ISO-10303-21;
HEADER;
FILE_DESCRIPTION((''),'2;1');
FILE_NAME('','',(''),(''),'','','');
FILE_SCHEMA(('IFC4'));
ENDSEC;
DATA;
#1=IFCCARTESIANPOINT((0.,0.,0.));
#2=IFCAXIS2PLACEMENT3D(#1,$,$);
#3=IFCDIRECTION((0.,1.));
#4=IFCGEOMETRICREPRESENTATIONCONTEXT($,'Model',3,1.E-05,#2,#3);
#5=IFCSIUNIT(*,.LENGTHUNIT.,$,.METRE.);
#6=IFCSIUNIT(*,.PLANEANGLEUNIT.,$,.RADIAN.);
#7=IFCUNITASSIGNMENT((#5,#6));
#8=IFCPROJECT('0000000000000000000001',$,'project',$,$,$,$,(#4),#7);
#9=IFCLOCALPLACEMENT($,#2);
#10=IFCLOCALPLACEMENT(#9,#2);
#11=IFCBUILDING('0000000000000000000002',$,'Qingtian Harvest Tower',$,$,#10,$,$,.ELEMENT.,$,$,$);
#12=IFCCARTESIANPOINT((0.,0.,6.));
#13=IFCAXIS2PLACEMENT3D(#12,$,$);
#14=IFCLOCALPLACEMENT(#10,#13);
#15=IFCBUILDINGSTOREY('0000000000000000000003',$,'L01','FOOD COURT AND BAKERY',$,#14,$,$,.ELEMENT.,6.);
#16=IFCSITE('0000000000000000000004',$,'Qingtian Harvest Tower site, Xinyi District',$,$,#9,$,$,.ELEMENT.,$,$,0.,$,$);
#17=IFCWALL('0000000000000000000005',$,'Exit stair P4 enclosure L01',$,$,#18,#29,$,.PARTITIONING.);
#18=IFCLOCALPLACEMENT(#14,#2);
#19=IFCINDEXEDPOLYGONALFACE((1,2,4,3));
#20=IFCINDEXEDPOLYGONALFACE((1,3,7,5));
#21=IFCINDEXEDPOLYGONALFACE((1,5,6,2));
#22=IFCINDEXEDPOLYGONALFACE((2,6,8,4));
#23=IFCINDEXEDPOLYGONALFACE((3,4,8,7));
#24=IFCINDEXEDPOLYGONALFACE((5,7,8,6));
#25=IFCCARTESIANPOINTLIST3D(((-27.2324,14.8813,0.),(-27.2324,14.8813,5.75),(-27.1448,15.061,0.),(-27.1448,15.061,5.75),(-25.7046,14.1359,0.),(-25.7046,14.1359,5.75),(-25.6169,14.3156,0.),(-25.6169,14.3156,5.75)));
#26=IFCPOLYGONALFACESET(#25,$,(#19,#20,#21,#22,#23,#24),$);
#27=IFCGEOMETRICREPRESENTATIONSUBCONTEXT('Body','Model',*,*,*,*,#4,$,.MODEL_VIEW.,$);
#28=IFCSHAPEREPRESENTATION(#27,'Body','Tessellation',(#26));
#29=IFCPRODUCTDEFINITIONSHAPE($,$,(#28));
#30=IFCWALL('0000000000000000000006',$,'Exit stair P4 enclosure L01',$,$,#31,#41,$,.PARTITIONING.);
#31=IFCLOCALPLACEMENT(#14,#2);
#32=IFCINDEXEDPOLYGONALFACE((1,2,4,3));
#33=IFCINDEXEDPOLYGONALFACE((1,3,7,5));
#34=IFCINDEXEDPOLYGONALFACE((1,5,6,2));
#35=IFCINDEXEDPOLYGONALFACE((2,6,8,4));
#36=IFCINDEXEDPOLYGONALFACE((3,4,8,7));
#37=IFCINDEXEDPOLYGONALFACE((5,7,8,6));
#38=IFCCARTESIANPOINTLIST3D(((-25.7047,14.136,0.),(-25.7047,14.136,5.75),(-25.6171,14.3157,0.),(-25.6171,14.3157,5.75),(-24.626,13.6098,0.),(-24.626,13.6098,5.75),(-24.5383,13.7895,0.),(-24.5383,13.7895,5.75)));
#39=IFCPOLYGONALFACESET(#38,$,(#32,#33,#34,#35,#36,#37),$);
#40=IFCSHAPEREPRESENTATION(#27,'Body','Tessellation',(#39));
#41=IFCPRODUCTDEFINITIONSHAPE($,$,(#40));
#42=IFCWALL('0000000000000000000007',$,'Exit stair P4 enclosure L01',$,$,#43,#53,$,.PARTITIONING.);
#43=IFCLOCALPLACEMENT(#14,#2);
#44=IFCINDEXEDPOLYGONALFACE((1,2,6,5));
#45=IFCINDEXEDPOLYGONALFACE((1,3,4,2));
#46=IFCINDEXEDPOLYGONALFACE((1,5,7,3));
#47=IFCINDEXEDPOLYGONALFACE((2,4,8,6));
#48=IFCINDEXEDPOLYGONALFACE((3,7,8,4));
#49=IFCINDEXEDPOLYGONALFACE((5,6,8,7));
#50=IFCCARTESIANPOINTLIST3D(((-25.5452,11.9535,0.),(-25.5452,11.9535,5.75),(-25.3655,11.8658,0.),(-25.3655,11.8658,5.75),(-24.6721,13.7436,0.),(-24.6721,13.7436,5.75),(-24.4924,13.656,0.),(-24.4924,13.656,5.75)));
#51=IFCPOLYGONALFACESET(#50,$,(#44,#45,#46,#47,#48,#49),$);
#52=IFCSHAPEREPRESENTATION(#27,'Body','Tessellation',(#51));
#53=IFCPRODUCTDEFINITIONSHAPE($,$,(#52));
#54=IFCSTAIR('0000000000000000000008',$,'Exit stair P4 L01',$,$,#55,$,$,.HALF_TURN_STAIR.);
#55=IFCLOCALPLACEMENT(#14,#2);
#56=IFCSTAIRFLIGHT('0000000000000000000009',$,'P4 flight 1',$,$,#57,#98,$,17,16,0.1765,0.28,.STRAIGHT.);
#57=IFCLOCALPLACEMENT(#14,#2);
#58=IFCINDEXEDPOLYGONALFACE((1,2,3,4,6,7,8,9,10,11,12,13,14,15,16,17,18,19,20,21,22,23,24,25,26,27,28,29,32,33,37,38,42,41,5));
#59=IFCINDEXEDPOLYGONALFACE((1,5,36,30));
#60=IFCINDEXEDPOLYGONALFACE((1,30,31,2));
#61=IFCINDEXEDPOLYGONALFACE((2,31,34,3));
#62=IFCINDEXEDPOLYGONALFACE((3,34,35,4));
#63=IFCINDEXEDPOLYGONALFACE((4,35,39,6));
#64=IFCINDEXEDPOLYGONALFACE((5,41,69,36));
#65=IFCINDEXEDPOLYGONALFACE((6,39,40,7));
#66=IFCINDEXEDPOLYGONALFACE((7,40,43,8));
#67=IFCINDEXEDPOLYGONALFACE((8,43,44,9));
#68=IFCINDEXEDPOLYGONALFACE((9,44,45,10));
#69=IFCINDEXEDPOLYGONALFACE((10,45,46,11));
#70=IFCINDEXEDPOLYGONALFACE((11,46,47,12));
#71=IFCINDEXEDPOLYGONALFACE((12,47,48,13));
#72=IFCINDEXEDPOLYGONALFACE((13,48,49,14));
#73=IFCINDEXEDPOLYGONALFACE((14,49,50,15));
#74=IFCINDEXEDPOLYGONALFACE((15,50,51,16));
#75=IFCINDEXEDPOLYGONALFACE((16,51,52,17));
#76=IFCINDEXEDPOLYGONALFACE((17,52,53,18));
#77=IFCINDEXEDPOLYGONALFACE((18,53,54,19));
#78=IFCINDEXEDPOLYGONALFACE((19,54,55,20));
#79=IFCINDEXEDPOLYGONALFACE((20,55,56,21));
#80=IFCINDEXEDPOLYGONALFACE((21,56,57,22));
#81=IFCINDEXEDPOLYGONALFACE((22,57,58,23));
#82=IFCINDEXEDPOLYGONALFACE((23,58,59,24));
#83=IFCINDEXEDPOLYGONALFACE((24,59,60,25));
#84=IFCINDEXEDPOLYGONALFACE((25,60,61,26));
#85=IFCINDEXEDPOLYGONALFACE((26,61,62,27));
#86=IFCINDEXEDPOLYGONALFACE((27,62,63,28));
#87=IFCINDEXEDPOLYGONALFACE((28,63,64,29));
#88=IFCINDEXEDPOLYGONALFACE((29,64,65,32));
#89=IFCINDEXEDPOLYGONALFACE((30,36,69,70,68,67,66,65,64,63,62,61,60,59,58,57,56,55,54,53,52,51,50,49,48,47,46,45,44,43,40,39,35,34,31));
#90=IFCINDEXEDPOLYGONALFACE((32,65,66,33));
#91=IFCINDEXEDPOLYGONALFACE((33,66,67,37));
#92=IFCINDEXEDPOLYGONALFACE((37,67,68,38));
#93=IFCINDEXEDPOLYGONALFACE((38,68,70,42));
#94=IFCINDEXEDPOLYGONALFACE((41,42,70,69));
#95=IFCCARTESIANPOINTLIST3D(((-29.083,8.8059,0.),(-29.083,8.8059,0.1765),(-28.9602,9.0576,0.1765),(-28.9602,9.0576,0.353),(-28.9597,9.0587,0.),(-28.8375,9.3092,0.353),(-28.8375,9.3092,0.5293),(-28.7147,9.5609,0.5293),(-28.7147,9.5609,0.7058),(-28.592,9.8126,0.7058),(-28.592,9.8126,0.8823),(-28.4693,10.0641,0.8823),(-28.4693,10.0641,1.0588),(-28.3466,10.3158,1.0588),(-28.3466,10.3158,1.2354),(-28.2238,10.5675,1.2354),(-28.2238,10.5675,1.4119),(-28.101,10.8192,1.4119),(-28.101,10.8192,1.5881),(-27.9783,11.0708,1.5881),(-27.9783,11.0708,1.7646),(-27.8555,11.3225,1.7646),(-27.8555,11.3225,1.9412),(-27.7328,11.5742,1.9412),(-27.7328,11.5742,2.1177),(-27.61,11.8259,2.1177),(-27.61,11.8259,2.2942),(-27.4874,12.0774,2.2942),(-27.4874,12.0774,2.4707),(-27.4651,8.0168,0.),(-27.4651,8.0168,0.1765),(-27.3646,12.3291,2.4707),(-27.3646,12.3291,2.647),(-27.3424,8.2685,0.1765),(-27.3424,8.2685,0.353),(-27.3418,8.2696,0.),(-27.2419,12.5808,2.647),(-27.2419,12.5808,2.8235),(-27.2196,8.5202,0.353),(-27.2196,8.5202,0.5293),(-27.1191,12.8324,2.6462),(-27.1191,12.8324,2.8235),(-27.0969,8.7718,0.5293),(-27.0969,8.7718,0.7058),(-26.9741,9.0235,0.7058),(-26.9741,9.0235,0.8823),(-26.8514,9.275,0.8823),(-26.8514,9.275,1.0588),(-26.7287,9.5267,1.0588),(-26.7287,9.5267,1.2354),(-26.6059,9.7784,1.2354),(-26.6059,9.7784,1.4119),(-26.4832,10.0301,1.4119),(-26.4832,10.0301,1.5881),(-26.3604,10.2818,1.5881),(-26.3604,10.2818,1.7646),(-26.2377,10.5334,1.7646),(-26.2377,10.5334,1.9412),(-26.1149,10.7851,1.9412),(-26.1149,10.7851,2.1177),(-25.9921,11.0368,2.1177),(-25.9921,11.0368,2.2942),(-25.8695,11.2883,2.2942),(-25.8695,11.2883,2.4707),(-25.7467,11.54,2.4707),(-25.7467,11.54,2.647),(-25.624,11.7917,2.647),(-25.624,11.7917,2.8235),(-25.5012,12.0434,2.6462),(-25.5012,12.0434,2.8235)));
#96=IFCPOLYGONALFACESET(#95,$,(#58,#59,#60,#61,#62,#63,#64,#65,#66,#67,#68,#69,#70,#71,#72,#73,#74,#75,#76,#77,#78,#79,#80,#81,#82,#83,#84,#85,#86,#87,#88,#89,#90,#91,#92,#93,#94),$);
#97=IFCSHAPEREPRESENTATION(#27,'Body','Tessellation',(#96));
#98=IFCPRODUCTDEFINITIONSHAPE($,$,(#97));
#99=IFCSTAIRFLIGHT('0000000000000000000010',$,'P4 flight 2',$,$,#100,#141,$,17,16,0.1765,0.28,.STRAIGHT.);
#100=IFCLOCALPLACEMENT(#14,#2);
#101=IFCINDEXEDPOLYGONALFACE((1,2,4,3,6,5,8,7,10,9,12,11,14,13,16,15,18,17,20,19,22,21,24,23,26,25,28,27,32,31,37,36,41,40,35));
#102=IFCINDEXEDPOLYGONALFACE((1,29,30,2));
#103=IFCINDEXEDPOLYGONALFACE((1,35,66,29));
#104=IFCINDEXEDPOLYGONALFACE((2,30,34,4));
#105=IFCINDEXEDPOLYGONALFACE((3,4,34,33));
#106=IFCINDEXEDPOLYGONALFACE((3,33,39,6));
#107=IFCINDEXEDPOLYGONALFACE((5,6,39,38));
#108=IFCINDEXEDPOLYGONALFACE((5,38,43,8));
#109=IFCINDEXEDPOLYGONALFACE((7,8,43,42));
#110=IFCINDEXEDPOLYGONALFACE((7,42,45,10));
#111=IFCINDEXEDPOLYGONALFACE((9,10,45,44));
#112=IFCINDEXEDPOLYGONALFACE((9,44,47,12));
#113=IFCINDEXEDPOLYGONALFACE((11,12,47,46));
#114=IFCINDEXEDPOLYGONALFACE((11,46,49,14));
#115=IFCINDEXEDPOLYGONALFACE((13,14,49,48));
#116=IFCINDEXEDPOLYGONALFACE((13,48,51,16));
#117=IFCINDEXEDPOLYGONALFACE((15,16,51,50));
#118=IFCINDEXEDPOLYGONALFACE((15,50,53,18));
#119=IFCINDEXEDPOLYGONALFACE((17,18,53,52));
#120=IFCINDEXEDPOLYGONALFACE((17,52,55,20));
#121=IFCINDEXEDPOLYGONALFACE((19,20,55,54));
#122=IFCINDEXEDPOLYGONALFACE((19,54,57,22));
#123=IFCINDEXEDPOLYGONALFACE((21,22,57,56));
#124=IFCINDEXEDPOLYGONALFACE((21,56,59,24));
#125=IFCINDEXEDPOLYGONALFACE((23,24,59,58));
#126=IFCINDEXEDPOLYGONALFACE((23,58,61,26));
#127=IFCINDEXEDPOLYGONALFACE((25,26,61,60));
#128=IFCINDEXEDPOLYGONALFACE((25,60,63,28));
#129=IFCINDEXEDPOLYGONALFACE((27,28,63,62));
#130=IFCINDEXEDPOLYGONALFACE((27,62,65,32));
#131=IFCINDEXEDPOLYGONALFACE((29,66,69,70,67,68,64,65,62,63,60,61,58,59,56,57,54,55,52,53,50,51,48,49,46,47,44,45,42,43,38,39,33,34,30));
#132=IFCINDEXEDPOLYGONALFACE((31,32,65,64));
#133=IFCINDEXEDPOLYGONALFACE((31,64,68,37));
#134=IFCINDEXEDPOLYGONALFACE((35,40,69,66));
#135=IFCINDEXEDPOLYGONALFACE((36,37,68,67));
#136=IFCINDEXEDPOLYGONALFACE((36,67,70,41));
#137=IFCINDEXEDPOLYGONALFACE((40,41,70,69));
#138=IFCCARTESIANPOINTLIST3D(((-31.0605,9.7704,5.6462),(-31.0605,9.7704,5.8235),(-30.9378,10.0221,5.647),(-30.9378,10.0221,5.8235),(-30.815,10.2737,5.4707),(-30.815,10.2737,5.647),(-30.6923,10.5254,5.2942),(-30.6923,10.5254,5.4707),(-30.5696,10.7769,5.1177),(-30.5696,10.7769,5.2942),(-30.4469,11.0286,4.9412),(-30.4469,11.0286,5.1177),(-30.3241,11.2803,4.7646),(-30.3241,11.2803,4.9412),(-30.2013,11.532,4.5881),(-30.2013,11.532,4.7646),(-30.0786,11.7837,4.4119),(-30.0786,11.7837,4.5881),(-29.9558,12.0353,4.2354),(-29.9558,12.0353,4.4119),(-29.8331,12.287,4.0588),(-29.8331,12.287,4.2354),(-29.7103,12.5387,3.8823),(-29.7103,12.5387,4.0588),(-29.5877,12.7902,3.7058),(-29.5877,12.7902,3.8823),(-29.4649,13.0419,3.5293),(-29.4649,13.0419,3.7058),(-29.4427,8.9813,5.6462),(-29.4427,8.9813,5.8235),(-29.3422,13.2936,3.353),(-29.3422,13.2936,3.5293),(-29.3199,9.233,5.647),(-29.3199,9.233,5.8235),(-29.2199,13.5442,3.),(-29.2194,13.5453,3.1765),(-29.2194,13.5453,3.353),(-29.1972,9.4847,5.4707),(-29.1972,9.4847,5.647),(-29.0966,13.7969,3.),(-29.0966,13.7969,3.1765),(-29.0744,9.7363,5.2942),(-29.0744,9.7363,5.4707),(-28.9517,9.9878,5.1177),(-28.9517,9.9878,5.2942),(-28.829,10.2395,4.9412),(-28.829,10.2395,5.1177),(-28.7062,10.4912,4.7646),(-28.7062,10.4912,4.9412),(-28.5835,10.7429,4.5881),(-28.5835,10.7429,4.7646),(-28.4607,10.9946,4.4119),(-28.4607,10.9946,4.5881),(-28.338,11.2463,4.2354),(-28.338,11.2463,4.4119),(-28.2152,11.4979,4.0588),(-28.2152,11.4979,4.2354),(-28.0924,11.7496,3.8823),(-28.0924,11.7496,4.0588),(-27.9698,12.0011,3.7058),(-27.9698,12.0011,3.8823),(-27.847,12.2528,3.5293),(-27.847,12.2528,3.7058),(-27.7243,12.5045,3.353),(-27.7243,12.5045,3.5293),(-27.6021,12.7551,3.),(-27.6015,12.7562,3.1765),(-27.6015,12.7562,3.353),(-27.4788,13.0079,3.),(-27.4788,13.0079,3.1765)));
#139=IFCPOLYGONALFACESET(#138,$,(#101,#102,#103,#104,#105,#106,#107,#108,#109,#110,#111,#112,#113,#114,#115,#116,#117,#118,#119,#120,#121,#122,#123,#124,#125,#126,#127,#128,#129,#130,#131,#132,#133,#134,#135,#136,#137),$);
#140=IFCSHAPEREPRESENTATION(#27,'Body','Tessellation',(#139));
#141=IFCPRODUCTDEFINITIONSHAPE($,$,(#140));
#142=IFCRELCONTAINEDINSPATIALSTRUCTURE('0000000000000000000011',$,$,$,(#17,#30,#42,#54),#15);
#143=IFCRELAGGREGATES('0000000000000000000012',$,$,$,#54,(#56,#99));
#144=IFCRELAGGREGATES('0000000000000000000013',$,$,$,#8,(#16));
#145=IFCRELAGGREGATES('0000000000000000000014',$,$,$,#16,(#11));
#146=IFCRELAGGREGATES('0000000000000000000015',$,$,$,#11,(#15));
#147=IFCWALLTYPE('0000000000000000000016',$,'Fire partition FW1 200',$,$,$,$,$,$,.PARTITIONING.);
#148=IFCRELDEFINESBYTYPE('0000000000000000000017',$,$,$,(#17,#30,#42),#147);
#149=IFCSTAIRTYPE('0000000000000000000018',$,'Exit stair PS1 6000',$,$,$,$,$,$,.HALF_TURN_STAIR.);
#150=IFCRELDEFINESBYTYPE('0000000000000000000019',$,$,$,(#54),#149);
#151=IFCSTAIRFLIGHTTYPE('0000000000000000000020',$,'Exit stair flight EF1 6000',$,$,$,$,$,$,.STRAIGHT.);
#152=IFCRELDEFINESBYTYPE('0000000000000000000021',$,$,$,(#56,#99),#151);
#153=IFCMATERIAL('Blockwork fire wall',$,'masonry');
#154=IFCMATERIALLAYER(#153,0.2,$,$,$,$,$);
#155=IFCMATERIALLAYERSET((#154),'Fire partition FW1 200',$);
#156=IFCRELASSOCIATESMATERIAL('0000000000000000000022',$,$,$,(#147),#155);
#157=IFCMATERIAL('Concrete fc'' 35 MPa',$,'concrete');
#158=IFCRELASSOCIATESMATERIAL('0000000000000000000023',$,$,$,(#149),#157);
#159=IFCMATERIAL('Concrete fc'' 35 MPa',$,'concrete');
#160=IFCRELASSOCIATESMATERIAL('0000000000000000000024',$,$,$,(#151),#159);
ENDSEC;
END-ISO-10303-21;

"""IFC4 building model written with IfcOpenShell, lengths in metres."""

from ifc_helpers import new_model, si_unit, direction, frame, frame_2d, origin, place, context, subcontext, project, spatial, polyline, rectangle, outline, extrude, material, layer, layer_set, type_object, element, aggregate, save


model = new_model("IFC4")

# Units and contexts
model_context = context("Model", 3, precision=1e-05, world=origin(), true_north=direction((0.0, 1.0)))
body_context = subcontext(model_context, "Body", "Model", "MODEL_VIEW")
ifc_project = project(units=[si_unit("LENGTHUNIT", "METRE"), si_unit("PLANEANGLEUNIT", "RADIAN")], contexts=[model_context])

# Site, building, storey
site_placement = place(None, origin())
site = spatial("IfcSite", under=ifc_project, at=site_placement, Name="Qingtian Harvest Tower site, Xinyi District", CompositionType="ELEMENT", RefElevation=0.0)
building_placement = place(site_placement, origin())
building = spatial("IfcBuilding", under=site, at=building_placement, Name="Qingtian Harvest Tower", CompositionType="ELEMENT")
storey_placement = place(building_placement, frame((0.0, 0.0, 6.0)))
storey = spatial("IfcBuildingStorey", under=building, at=storey_placement, Name="L01", Description="FOOD COURT AND BAKERY", CompositionType="ELEMENT", Elevation=6.0)

# Shared definitions
ifc_material_1 = material(Name="Blockwork fire wall", Category="masonry")
ifc_layer_1 = layer(ifc_material_1, 0.2)
ifc_layer_set_1 = layer_set([ifc_layer_1], Name="Fire partition FW1 200")
wall_type_1 = type_object("IfcWallType", Name="Fire partition FW1 200", PredefinedType="PARTITIONING", material=ifc_layer_set_1)

# Walls
wall_1_placement = place(storey_placement, frame((-27.1887, 14.9712, 0.0), z_axis=(0.0, 0.0, 1.0), x_axis=(0.898751, -0.43846, 0.0)))
element("IfcWall", 1, at=wall_1_placement, inside=storey, type_object=wall_type_1, Name="Exit stair P4 enclosure L01", PredefinedType="PARTITIONING", context=body_context, shape_type="SweptSolid", body=[
    extrude(rectangle(XDim=1.7, YDim=0.2, at=frame_2d((0.8501, 0.0))), origin(), (0.0, 0.0, 1.0), 5.75),
])
wall_2_placement = place(storey_placement, frame((-25.6609, 14.2258, 0.0), z_axis=(0.0, 0.0, 1.0), x_axis=(0.898778, -0.438404, 0.0)))
element("IfcWall", 2, at=wall_2_placement, inside=storey, type_object=wall_type_1, Name="Exit stair P4 enclosure L01", PredefinedType="PARTITIONING", context=body_context, shape_type="SweptSolid", body=[
    extrude(rectangle(XDim=1.2002, YDim=0.2, at=frame_2d((0.6001, 0.0))), origin(), (0.0, 0.0, 1.0), 5.75),
])
wall_3_placement = place(storey_placement, frame((-25.4553, 11.9097, 0.0), z_axis=(0.0, 0.0, 1.0), x_axis=(0.438366, 0.898797, 0.0)))
element("IfcWall", 3, at=wall_3_placement, inside=storey, type_object=wall_type_1, Name="Exit stair P4 enclosure L01", PredefinedType="PARTITIONING", context=body_context, shape_type="SweptSolid", body=[
    extrude(rectangle(XDim=1.9917, YDim=0.2, at=frame_2d((0.9958, 0.0))), origin(), (0.0, 0.0, 1.0), 5.75),
])

# Stair, stair flights
ifc_material_2 = material(Name="Concrete fc' 35 MPa", Category="concrete")
stair_type = type_object("IfcStairType", Name="Exit stair PS1 6000", PredefinedType="HALF_TURN_STAIR", material=ifc_material_2)
stair_placement = place(storey_placement, origin())
stair = element("IfcStair", 4, at=stair_placement, inside=storey, type_object=stair_type, Name="Exit stair P4 L01", PredefinedType="HALF_TURN_STAIR")
ifc_material_3 = material(Name="Concrete fc' 35 MPa", Category="concrete")
stair_flight_type = type_object("IfcStairFlightType", Name="Exit stair flight EF1 6000", PredefinedType="STRAIGHT", material=ifc_material_3)
stair_flight_1_placement = place(storey_placement, frame((-28.2742, 8.4114, 0.0), z_axis=(0.0, 0.0, 1.0), x_axis=(0.438371, 0.898794, 0.0)))
stair_flight_1 = element("IfcStairFlight", 5, at=stair_flight_1_placement, type_object=stair_flight_type, Name="P4 flight 1", NumberOfRisers=17, NumberOfTreads=16, PredefinedType="STRAIGHT", RiserHeight=0.1765, TreadLength=0.28, context=body_context, shape_type="SweptSolid", body=[
    extrude(outline(polyline([(0.0, 0.0), (0.0, 0.1765), (0.28, 0.1765), (0.28, 0.353), (0.5601, 0.353), (0.5601, 0.5293), (0.8401, 0.5293), (0.8401, 0.7058), (1.1201, 0.7058), (1.1201, 0.8823), (1.3999, 0.8823), (1.3999, 1.0588), (1.6799, 1.0588), (1.6799, 1.2354), (1.96, 1.2354), (1.96, 1.4119), (2.24, 1.4119), (2.24, 1.5881), (2.52, 1.5881), (2.52, 1.7646), (2.8, 1.7646), (2.8, 1.9412), (3.0801, 1.9412), (3.0801, 2.1177), (3.3601, 2.1177), (3.3601, 2.2942), (3.6399, 2.2942), (3.6399, 2.4707), (3.9199, 2.4707), (3.9199, 2.647), (4.2, 2.647), (4.2, 2.8235), (4.48, 2.8235), (4.48, 3.0), (4.48, 2.6462), (0.2812, 0.0), (0.0, 0.0)])), frame((0.0, 0.8999, 0.0), z_axis=(0.0, -1.0, 0.0), x_axis=(1.0, 0.0, 0.0)), (0.0, 0.0, 1.0), 1.8),
])
stair_flight_2_placement = place(storey_placement, frame((-28.2876, 13.4023, 3.0), z_axis=(0.0, 0.0, 1.0), x_axis=(-0.438371, -0.898794, 0.0)))
stair_flight_2 = element("IfcStairFlight", 6, at=stair_flight_2_placement, type_object=stair_flight_type, Name="P4 flight 2", NumberOfRisers=17, NumberOfTreads=16, PredefinedType="STRAIGHT", RiserHeight=0.1765, TreadLength=0.28, context=body_context, shape_type="SweptSolid", body=[
    extrude(outline(polyline([(0.0, 0.0), (0.0, 0.1765), (0.28, 0.1765), (0.28, 0.353), (0.5601, 0.353), (0.5601, 0.5293), (0.8401, 0.5293), (0.8401, 0.7058), (1.1201, 0.7058), (1.1201, 0.8823), (1.3999, 0.8823), (1.3999, 1.0588), (1.6799, 1.0588), (1.6799, 1.2354), (1.96, 1.2354), (1.96, 1.4119), (2.24, 1.4119), (2.24, 1.5881), (2.52, 1.5881), (2.52, 1.7646), (2.8, 1.7646), (2.8, 1.9412), (3.0801, 1.9412), (3.0801, 2.1177), (3.3601, 2.1177), (3.3601, 2.2942), (3.6399, 2.2942), (3.6399, 2.4707), (3.9199, 2.4707), (3.9199, 2.647), (4.2, 2.647), (4.2, 2.8235), (4.48, 2.8235), (4.48, 3.0), (4.48, 2.6462), (0.2812, 0.0), (0.0, 0.0)])), frame((0.0, 0.8999, 0.0), z_axis=(0.0, -1.0, 0.0), x_axis=(1.0, 0.0, 0.0)), (0.0, 0.0, 1.0), 1.8),
])
aggregate(stair, [stair_flight_1, stair_flight_2])

save(model, "model.ifc")
